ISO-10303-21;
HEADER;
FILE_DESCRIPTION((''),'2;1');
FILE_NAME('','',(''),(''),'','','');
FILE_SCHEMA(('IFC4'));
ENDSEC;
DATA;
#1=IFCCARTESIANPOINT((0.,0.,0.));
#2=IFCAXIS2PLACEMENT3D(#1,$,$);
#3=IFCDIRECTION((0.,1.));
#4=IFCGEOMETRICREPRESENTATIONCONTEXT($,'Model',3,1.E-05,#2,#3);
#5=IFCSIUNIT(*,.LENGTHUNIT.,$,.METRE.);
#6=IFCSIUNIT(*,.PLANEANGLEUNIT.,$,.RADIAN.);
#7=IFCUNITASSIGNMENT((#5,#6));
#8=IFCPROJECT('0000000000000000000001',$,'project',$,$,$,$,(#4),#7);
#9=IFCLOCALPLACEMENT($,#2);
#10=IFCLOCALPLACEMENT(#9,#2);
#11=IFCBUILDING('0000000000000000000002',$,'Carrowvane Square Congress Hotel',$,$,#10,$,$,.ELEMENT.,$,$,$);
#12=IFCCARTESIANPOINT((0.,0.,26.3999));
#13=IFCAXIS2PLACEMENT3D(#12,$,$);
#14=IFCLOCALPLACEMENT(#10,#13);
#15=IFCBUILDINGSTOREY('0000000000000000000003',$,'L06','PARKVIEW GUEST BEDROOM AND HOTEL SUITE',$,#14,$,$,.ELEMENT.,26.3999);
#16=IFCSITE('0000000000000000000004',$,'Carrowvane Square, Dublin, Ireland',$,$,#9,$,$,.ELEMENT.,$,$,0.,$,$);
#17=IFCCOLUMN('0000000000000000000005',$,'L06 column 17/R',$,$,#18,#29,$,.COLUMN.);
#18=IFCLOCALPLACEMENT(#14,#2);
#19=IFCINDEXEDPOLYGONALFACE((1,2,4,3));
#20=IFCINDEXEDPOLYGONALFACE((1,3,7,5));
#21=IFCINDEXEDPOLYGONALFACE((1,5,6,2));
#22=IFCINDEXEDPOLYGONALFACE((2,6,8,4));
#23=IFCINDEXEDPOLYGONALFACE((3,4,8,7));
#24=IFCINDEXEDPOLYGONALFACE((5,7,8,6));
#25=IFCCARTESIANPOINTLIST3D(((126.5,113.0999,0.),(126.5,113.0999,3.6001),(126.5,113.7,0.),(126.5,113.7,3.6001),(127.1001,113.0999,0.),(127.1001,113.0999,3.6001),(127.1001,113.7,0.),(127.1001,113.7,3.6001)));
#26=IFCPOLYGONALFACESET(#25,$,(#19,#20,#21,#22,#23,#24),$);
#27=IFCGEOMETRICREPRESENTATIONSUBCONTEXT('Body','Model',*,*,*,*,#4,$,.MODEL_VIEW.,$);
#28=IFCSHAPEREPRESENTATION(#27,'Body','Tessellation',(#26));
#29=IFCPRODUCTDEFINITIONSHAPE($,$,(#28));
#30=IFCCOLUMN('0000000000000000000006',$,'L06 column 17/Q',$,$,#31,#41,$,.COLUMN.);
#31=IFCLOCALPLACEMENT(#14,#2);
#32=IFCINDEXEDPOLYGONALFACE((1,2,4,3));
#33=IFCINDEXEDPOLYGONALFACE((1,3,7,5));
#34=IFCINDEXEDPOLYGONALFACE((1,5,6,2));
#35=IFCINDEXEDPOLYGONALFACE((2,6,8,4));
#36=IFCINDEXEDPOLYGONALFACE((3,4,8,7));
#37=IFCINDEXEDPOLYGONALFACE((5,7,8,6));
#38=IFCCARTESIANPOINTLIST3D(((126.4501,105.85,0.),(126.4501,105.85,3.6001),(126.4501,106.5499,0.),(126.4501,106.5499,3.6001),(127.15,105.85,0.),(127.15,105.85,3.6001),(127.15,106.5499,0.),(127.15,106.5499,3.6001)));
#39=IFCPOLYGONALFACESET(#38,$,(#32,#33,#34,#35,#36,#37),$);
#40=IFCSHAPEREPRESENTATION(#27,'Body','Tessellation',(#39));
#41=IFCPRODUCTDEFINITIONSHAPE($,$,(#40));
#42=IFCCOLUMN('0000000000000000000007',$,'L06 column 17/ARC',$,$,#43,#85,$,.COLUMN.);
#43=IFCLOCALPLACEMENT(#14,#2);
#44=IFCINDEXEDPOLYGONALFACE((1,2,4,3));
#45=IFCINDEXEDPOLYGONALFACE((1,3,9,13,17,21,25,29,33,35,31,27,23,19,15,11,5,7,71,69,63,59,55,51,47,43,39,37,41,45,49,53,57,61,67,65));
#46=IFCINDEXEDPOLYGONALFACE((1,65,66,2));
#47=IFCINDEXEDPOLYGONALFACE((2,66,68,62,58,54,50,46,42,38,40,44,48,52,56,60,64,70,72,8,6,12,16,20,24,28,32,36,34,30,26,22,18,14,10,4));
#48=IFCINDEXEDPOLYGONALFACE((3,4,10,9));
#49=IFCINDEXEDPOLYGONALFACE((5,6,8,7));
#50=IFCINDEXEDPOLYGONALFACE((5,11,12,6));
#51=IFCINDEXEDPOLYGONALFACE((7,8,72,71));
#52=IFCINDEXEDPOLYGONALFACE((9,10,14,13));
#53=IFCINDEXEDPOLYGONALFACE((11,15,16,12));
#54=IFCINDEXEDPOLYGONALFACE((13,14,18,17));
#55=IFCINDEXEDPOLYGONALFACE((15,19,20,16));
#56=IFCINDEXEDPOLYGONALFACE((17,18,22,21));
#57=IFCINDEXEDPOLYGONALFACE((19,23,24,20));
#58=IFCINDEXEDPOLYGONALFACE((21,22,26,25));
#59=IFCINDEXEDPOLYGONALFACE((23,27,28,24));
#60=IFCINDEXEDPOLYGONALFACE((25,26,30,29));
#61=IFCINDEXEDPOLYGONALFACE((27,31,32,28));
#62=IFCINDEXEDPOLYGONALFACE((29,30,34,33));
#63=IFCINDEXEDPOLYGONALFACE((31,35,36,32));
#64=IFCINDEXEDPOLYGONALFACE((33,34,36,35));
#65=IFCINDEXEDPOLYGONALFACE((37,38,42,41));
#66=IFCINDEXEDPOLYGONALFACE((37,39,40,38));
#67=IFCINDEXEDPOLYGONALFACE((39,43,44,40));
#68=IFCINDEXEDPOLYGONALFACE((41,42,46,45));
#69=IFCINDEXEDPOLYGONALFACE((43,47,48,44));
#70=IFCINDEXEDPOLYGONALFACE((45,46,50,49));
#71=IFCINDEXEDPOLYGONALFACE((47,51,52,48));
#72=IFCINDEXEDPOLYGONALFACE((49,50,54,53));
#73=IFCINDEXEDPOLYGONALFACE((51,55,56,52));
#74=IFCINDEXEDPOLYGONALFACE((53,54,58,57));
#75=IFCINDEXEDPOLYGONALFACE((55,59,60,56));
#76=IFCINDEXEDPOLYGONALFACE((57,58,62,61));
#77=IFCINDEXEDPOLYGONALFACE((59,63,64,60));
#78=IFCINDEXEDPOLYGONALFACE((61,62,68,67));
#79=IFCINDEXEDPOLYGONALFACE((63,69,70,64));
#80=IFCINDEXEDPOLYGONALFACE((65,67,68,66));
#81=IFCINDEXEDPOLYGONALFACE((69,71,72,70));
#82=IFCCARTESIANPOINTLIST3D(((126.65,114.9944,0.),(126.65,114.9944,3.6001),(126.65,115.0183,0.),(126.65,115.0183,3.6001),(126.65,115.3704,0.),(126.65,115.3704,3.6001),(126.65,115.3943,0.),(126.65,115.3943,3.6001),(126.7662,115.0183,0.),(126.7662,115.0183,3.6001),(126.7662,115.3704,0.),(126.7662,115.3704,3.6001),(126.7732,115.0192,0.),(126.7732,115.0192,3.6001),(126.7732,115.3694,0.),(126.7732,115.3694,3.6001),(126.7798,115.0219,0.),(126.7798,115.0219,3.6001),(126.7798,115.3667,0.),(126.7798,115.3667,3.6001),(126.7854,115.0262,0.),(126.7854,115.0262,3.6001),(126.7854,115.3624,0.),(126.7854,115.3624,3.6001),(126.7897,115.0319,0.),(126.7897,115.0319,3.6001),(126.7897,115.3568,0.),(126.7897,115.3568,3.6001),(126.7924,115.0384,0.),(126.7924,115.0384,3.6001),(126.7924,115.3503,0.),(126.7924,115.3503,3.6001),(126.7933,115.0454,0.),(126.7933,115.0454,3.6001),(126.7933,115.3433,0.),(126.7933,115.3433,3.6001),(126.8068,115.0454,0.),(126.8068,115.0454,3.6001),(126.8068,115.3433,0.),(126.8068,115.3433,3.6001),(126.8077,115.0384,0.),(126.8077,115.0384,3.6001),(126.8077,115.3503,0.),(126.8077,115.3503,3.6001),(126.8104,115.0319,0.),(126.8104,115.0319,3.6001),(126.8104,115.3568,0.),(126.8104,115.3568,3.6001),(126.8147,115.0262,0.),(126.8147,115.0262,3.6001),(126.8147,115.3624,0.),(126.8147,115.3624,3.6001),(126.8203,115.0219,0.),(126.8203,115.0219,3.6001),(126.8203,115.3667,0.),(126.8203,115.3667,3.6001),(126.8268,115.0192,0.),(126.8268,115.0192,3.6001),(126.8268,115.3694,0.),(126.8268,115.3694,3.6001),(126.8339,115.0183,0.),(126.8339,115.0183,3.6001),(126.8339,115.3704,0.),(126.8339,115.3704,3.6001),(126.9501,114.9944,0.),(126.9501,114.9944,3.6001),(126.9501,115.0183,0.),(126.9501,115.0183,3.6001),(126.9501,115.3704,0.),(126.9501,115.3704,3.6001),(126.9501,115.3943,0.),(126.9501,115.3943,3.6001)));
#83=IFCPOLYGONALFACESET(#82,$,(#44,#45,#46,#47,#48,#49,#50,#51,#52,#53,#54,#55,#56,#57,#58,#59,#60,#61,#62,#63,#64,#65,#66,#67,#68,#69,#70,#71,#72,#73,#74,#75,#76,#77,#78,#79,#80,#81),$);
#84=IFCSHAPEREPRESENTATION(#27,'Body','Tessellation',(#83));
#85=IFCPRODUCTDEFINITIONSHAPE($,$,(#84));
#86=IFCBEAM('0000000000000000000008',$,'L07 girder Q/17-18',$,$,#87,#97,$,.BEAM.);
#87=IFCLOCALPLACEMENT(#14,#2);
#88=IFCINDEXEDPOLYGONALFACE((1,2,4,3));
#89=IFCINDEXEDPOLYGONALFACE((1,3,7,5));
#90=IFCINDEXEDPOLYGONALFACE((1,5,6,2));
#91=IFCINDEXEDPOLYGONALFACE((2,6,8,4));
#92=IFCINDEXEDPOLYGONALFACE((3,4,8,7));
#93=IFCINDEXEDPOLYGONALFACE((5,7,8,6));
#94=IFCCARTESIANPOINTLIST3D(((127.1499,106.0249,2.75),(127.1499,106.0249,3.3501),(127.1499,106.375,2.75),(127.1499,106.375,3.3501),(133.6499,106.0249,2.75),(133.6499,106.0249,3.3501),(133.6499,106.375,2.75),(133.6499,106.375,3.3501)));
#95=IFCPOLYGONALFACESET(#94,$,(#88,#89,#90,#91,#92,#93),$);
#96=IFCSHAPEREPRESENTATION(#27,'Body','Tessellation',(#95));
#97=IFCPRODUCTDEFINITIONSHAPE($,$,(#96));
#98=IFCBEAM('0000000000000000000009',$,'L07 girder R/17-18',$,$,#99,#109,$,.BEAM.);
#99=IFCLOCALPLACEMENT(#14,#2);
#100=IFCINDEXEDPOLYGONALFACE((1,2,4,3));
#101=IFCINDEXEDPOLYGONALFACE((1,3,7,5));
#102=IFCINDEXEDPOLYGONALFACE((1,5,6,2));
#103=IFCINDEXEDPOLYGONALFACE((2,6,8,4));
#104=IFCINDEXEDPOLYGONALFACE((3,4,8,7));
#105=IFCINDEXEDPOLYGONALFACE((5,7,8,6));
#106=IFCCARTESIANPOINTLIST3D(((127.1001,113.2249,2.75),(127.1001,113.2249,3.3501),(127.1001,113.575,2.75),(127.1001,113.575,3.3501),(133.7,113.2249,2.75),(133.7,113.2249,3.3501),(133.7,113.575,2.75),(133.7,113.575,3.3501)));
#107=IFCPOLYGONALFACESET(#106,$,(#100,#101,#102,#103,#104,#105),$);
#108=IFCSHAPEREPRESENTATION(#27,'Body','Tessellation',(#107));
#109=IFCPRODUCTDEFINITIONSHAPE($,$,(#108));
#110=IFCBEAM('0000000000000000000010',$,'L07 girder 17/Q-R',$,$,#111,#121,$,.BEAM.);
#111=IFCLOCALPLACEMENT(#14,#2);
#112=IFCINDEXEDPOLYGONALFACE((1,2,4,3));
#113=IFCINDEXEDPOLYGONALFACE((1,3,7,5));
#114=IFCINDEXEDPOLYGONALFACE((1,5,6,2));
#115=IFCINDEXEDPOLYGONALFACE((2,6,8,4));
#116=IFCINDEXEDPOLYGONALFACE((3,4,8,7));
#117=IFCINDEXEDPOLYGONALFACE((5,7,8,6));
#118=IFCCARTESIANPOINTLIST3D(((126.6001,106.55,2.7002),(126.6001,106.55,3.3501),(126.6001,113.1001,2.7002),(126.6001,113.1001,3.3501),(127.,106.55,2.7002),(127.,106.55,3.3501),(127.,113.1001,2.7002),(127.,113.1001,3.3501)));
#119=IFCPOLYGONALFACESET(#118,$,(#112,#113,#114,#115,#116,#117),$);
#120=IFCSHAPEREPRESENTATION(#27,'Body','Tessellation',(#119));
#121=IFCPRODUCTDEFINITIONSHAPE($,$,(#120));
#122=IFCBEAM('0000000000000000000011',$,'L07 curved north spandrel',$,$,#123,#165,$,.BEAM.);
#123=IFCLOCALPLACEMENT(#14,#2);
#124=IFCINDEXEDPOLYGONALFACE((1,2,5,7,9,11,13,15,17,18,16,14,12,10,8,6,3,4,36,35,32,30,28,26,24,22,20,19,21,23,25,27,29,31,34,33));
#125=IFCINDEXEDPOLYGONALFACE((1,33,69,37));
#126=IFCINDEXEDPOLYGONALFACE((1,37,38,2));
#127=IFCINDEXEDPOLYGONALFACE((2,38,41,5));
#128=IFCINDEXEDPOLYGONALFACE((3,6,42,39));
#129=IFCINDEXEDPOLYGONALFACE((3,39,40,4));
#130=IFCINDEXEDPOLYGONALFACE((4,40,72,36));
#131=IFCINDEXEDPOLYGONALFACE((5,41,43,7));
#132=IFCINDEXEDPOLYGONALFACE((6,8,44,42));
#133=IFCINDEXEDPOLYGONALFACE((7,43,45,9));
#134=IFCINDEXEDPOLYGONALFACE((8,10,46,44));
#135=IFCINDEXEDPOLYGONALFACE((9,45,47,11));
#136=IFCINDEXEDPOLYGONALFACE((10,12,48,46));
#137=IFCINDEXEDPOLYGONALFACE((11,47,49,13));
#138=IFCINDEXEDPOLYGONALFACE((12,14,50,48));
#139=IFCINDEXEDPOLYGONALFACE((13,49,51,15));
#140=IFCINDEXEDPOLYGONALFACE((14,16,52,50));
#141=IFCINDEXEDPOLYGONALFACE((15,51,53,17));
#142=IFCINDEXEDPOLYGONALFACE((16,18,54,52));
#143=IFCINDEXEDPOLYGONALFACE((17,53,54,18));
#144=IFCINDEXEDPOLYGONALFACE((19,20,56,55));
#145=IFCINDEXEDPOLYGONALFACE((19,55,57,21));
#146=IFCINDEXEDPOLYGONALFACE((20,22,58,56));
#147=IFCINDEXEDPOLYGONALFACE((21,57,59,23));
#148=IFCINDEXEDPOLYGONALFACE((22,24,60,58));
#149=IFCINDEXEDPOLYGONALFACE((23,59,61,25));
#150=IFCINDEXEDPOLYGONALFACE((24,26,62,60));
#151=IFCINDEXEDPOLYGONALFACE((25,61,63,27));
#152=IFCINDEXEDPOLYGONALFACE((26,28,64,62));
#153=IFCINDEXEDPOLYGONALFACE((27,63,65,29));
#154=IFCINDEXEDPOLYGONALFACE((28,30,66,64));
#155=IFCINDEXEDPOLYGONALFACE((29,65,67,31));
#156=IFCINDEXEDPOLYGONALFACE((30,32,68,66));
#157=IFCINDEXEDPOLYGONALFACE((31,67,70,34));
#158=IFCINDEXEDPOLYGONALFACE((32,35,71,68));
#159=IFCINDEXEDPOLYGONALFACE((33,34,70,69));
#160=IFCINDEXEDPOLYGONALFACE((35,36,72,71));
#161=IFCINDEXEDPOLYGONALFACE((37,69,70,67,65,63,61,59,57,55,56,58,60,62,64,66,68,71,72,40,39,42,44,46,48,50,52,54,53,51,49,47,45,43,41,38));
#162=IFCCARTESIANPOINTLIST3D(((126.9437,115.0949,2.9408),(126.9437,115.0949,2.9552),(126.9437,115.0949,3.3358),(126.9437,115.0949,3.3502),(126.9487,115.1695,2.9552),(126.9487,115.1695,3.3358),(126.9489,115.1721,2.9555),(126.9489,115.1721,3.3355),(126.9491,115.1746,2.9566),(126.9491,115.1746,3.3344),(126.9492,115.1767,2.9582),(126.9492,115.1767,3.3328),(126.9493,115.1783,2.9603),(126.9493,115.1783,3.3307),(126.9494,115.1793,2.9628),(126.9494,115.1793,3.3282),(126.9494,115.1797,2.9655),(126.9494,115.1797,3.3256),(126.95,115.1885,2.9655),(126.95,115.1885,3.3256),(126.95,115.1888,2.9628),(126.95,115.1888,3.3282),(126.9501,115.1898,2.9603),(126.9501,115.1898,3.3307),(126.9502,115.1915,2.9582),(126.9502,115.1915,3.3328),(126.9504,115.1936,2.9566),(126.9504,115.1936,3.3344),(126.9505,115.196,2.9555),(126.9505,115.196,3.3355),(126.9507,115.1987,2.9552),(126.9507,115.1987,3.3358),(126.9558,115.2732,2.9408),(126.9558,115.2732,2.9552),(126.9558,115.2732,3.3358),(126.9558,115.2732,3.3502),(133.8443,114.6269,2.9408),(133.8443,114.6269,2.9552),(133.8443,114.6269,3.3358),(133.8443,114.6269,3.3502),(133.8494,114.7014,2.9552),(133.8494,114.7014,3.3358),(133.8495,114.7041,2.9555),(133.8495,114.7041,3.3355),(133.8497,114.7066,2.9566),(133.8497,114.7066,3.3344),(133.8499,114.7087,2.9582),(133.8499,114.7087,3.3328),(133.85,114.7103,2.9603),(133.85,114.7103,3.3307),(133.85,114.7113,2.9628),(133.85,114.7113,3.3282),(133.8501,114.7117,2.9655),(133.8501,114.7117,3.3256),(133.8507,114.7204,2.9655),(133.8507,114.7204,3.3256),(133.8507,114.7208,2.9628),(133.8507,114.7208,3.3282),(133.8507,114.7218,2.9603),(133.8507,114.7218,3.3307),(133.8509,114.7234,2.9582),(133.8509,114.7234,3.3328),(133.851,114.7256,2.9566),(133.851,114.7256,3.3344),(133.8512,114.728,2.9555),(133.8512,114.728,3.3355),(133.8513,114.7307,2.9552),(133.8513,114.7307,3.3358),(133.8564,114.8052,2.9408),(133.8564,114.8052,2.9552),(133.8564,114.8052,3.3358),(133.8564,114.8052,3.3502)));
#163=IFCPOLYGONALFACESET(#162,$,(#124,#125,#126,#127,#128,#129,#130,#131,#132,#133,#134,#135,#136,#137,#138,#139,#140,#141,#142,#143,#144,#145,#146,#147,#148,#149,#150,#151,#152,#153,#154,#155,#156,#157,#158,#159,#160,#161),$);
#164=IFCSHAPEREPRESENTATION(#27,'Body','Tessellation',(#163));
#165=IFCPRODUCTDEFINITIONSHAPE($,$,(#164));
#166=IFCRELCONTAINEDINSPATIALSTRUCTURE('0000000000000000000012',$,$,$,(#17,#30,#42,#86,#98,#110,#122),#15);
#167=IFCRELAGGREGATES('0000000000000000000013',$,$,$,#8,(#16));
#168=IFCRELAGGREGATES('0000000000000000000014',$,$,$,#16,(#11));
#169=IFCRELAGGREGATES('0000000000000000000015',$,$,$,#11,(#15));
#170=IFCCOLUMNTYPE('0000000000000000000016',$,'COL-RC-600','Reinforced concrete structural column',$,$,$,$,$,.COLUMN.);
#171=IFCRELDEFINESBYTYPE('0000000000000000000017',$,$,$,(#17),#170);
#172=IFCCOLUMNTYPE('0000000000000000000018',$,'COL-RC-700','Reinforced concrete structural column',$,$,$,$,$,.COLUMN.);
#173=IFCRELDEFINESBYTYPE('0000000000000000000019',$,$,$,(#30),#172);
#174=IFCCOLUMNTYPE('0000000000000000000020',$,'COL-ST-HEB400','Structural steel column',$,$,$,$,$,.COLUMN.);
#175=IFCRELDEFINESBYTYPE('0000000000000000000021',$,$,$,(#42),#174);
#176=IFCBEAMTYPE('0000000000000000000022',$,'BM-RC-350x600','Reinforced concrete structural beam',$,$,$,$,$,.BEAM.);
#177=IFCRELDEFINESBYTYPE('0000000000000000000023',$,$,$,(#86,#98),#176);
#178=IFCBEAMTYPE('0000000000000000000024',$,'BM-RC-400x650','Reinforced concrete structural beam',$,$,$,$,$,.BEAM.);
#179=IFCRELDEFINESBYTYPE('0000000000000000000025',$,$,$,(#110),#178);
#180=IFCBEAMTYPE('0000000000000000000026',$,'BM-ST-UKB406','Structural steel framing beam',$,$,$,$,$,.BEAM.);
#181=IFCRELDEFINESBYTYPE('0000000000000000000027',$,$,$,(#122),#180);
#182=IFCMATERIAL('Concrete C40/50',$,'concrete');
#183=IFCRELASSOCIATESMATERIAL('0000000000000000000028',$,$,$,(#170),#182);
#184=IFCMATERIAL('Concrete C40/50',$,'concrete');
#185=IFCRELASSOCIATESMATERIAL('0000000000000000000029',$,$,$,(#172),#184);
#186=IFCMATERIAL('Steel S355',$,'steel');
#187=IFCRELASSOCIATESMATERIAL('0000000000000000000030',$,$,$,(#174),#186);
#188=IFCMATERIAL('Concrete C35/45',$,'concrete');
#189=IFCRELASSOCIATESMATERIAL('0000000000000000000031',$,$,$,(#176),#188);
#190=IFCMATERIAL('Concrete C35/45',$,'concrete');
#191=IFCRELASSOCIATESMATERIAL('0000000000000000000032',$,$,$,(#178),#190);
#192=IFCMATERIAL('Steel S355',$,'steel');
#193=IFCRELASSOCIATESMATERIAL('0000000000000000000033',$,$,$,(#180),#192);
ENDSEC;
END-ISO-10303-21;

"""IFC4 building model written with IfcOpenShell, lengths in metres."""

from ifc_helpers import new_model, si_unit, direction, frame, origin, origin_2d, place, context, subcontext, project, spatial, rectangle, i_section, extrude, material, material_profile, profile_set, type_object, element, save


model = new_model("IFC4")

# Units and contexts
model_context = context("Model", 3, precision=1e-05, world=origin(), true_north=direction((0.0, 1.0)))
body_context = subcontext(model_context, "Body", "Model", "MODEL_VIEW")
ifc_project = project(units=[si_unit("LENGTHUNIT", "METRE"), si_unit("PLANEANGLEUNIT", "RADIAN")], contexts=[model_context])

# Site, building, storey
site_placement = place(None, origin())
site = spatial("IfcSite", under=ifc_project, at=site_placement, Name="Carrowvane Square, Dublin, Ireland", CompositionType="ELEMENT", RefElevation=0.0)
building_placement = place(site_placement, origin())
building = spatial("IfcBuilding", under=site, at=building_placement, Name="Carrowvane Square Congress Hotel", CompositionType="ELEMENT")
storey_placement = place(building_placement, frame((0.0, 0.0, 26.3999)))
storey = spatial("IfcBuildingStorey", under=building, at=storey_placement, Name="L06", Description="PARKVIEW GUEST BEDROOM AND HOTEL SUITE", CompositionType="ELEMENT", Elevation=26.3999)

# Columns
ifc_material_1 = material(Name="Concrete C40/50", Category="concrete")
ifc_material_profile_1 = material_profile(ifc_material_1, rectangle(XDim=0.6001, YDim=0.6001, at=origin_2d()), Name="RC 600x600")
ifc_profile_set_1 = profile_set([ifc_material_profile_1], Name="Concrete C40/50")
column_type_1 = type_object("IfcColumnType", Name="COL-RC-600", Description="Reinforced concrete structural column", PredefinedType="COLUMN", material=ifc_profile_set_1)
column_1_placement = place(storey_placement, frame((126.8, 113.3999, 0.0), z_axis=(0.0, 0.0, 1.0), x_axis=(1.0, 0.0, 0.0)))
element("IfcColumn", 1, at=column_1_placement, inside=storey, type_object=column_type_1, Name="L06 column 17/R", PredefinedType="COLUMN", context=body_context, shape_type="SweptSolid", body=[
    extrude(rectangle(XDim=0.6001, YDim=0.6001, at=origin_2d()), origin(), (0.0, 0.0, 1.0), 3.6001),
])
ifc_material_2 = material(Name="Concrete C40/50", Category="concrete")
ifc_material_profile_2 = material_profile(ifc_material_2, rectangle(XDim=0.7, YDim=0.7, at=origin_2d()), Name="RC 700x700")
ifc_profile_set_2 = profile_set([ifc_material_profile_2], Name="Concrete C40/50")
column_type_2 = type_object("IfcColumnType", Name="COL-RC-700", Description="Reinforced concrete structural column", PredefinedType="COLUMN", material=ifc_profile_set_2)
column_2_placement = place(storey_placement, frame((126.8, 106.2, 0.0), z_axis=(0.0, 0.0, 1.0), x_axis=(1.0, 0.0, 0.0)))
element("IfcColumn", 2, at=column_2_placement, inside=storey, type_object=column_type_2, Name="L06 column 17/Q", PredefinedType="COLUMN", context=body_context, shape_type="SweptSolid", body=[
    extrude(rectangle(XDim=0.7, YDim=0.7, at=origin_2d()), origin(), (0.0, 0.0, 1.0), 3.6001),
])
ifc_material_3 = material(Name="Steel S355", Category="steel")
ifc_material_profile_3 = material_profile(ifc_material_3, i_section(OverallWidth=0.3, OverallDepth=0.3999, WebThickness=0.0134, FlangeThickness=0.0239, FilletRadius=0.0271, at=origin_2d()), Name="HEB 400")
ifc_profile_set_3 = profile_set([ifc_material_profile_3], Name="Steel S355")
column_type_3 = type_object("IfcColumnType", Name="COL-ST-HEB400", Description="Structural steel column", PredefinedType="COLUMN", material=ifc_profile_set_3)
column_3_placement = place(storey_placement, frame((126.8, 115.1943, 0.0), z_axis=(0.0, 0.0, 1.0), x_axis=(1.0, 0.0, 0.0)))
element("IfcColumn", 3, at=column_3_placement, inside=storey, type_object=column_type_3, Name="L06 column 17/ARC", PredefinedType="COLUMN", context=body_context, shape_type="SweptSolid", body=[
    extrude(i_section(OverallWidth=0.3, OverallDepth=0.3999, WebThickness=0.0134, FlangeThickness=0.0239, FilletRadius=0.0271, at=origin_2d()), origin(), (0.0, 0.0, 1.0), 3.6001),
])

# Beams
ifc_material_4 = material(Name="Concrete C35/45", Category="concrete")
ifc_material_profile_4 = material_profile(ifc_material_4, rectangle(XDim=0.3501, YDim=0.6001, at=origin_2d()), Name="RC 350x600")
ifc_profile_set_4 = profile_set([ifc_material_profile_4], Name="Concrete C35/45")
beam_type_1 = type_object("IfcBeamType", Name="BM-RC-350x600", Description="Reinforced concrete structural beam", PredefinedType="BEAM", material=ifc_profile_set_4)
beam_1_placement = place(storey_placement, frame((127.1499, 106.2, 3.05), z_axis=(1.0, 0.0, 0.0), x_axis=(0.0, 1.0, 0.0)))
element("IfcBeam", 4, at=beam_1_placement, inside=storey, type_object=beam_type_1, Name="L07 girder Q/17-18", PredefinedType="BEAM", context=body_context, shape_type="SweptSolid", body=[
    extrude(rectangle(XDim=0.3501, YDim=0.6001, at=origin_2d()), origin(), (0.0, 0.0, 1.0), 6.5),
])
beam_2_placement = place(storey_placement, frame((127.1001, 113.3999, 3.05), z_axis=(1.0, 0.0, 0.0), x_axis=(0.0, 1.0, 0.0)))
element("IfcBeam", 5, at=beam_2_placement, inside=storey, type_object=beam_type_1, Name="L07 girder R/17-18", PredefinedType="BEAM", context=body_context, shape_type="SweptSolid", body=[
    extrude(rectangle(XDim=0.3501, YDim=0.6001, at=origin_2d()), origin(), (0.0, 0.0, 1.0), 6.5999),
])
ifc_material_5 = material(Name="Concrete C35/45", Category="concrete")
ifc_material_profile_5 = material_profile(ifc_material_5, rectangle(XDim=0.3999, YDim=0.6499, at=origin_2d()), Name="RC 400x650")
ifc_profile_set_5 = profile_set([ifc_material_profile_5], Name="Concrete C35/45")
beam_type_2 = type_object("IfcBeamType", Name="BM-RC-400x650", Description="Reinforced concrete structural beam", PredefinedType="BEAM", material=ifc_profile_set_5)
beam_3_placement = place(storey_placement, frame((126.8, 106.55, 3.0251), z_axis=(0.0, 1.0, 0.0), x_axis=(-1.0, 0.0, 0.0)))
element("IfcBeam", 6, at=beam_3_placement, inside=storey, type_object=beam_type_2, Name="L07 girder 17/Q-R", PredefinedType="BEAM", context=body_context, shape_type="SweptSolid", body=[
    extrude(rectangle(XDim=0.3999, YDim=0.6499, at=origin_2d()), origin(), (0.0, 0.0, 1.0), 6.55),
])
ifc_material_6 = material(Name="Steel S355", Category="steel")
ifc_material_profile_6 = material_profile(ifc_material_6, i_section(OverallWidth=0.1787, OverallDepth=0.4094, WebThickness=0.0088, FlangeThickness=0.0144, FilletRadius=0.0103, at=origin_2d()), Name="UKB 406x178x67")
ifc_profile_set_6 = profile_set([ifc_material_profile_6], Name="Steel S355")
beam_type_3 = type_object("IfcBeamType", Name="BM-ST-UKB406", Description="Structural steel framing beam", PredefinedType="BEAM", material=ifc_profile_set_6)
beam_4_placement = place(storey_placement, frame((126.9497, 115.1841, 3.1455), z_axis=(0.997708, -0.067667, 0.0), x_axis=(0.067667, 0.997708, 0.0)))
element("IfcBeam", 7, at=beam_4_placement, inside=storey, type_object=beam_type_3, Name="L07 curved north spandrel", PredefinedType="BEAM", context=body_context, shape_type="SweptSolid", body=[
    extrude(i_section(OverallWidth=0.1787, OverallDepth=0.4094, WebThickness=0.0088, FlangeThickness=0.0144, FilletRadius=0.0103, at=origin_2d()), origin(), (0.0, 0.0, 1.0), 6.9165),
])

save(model, "model.ifc")
